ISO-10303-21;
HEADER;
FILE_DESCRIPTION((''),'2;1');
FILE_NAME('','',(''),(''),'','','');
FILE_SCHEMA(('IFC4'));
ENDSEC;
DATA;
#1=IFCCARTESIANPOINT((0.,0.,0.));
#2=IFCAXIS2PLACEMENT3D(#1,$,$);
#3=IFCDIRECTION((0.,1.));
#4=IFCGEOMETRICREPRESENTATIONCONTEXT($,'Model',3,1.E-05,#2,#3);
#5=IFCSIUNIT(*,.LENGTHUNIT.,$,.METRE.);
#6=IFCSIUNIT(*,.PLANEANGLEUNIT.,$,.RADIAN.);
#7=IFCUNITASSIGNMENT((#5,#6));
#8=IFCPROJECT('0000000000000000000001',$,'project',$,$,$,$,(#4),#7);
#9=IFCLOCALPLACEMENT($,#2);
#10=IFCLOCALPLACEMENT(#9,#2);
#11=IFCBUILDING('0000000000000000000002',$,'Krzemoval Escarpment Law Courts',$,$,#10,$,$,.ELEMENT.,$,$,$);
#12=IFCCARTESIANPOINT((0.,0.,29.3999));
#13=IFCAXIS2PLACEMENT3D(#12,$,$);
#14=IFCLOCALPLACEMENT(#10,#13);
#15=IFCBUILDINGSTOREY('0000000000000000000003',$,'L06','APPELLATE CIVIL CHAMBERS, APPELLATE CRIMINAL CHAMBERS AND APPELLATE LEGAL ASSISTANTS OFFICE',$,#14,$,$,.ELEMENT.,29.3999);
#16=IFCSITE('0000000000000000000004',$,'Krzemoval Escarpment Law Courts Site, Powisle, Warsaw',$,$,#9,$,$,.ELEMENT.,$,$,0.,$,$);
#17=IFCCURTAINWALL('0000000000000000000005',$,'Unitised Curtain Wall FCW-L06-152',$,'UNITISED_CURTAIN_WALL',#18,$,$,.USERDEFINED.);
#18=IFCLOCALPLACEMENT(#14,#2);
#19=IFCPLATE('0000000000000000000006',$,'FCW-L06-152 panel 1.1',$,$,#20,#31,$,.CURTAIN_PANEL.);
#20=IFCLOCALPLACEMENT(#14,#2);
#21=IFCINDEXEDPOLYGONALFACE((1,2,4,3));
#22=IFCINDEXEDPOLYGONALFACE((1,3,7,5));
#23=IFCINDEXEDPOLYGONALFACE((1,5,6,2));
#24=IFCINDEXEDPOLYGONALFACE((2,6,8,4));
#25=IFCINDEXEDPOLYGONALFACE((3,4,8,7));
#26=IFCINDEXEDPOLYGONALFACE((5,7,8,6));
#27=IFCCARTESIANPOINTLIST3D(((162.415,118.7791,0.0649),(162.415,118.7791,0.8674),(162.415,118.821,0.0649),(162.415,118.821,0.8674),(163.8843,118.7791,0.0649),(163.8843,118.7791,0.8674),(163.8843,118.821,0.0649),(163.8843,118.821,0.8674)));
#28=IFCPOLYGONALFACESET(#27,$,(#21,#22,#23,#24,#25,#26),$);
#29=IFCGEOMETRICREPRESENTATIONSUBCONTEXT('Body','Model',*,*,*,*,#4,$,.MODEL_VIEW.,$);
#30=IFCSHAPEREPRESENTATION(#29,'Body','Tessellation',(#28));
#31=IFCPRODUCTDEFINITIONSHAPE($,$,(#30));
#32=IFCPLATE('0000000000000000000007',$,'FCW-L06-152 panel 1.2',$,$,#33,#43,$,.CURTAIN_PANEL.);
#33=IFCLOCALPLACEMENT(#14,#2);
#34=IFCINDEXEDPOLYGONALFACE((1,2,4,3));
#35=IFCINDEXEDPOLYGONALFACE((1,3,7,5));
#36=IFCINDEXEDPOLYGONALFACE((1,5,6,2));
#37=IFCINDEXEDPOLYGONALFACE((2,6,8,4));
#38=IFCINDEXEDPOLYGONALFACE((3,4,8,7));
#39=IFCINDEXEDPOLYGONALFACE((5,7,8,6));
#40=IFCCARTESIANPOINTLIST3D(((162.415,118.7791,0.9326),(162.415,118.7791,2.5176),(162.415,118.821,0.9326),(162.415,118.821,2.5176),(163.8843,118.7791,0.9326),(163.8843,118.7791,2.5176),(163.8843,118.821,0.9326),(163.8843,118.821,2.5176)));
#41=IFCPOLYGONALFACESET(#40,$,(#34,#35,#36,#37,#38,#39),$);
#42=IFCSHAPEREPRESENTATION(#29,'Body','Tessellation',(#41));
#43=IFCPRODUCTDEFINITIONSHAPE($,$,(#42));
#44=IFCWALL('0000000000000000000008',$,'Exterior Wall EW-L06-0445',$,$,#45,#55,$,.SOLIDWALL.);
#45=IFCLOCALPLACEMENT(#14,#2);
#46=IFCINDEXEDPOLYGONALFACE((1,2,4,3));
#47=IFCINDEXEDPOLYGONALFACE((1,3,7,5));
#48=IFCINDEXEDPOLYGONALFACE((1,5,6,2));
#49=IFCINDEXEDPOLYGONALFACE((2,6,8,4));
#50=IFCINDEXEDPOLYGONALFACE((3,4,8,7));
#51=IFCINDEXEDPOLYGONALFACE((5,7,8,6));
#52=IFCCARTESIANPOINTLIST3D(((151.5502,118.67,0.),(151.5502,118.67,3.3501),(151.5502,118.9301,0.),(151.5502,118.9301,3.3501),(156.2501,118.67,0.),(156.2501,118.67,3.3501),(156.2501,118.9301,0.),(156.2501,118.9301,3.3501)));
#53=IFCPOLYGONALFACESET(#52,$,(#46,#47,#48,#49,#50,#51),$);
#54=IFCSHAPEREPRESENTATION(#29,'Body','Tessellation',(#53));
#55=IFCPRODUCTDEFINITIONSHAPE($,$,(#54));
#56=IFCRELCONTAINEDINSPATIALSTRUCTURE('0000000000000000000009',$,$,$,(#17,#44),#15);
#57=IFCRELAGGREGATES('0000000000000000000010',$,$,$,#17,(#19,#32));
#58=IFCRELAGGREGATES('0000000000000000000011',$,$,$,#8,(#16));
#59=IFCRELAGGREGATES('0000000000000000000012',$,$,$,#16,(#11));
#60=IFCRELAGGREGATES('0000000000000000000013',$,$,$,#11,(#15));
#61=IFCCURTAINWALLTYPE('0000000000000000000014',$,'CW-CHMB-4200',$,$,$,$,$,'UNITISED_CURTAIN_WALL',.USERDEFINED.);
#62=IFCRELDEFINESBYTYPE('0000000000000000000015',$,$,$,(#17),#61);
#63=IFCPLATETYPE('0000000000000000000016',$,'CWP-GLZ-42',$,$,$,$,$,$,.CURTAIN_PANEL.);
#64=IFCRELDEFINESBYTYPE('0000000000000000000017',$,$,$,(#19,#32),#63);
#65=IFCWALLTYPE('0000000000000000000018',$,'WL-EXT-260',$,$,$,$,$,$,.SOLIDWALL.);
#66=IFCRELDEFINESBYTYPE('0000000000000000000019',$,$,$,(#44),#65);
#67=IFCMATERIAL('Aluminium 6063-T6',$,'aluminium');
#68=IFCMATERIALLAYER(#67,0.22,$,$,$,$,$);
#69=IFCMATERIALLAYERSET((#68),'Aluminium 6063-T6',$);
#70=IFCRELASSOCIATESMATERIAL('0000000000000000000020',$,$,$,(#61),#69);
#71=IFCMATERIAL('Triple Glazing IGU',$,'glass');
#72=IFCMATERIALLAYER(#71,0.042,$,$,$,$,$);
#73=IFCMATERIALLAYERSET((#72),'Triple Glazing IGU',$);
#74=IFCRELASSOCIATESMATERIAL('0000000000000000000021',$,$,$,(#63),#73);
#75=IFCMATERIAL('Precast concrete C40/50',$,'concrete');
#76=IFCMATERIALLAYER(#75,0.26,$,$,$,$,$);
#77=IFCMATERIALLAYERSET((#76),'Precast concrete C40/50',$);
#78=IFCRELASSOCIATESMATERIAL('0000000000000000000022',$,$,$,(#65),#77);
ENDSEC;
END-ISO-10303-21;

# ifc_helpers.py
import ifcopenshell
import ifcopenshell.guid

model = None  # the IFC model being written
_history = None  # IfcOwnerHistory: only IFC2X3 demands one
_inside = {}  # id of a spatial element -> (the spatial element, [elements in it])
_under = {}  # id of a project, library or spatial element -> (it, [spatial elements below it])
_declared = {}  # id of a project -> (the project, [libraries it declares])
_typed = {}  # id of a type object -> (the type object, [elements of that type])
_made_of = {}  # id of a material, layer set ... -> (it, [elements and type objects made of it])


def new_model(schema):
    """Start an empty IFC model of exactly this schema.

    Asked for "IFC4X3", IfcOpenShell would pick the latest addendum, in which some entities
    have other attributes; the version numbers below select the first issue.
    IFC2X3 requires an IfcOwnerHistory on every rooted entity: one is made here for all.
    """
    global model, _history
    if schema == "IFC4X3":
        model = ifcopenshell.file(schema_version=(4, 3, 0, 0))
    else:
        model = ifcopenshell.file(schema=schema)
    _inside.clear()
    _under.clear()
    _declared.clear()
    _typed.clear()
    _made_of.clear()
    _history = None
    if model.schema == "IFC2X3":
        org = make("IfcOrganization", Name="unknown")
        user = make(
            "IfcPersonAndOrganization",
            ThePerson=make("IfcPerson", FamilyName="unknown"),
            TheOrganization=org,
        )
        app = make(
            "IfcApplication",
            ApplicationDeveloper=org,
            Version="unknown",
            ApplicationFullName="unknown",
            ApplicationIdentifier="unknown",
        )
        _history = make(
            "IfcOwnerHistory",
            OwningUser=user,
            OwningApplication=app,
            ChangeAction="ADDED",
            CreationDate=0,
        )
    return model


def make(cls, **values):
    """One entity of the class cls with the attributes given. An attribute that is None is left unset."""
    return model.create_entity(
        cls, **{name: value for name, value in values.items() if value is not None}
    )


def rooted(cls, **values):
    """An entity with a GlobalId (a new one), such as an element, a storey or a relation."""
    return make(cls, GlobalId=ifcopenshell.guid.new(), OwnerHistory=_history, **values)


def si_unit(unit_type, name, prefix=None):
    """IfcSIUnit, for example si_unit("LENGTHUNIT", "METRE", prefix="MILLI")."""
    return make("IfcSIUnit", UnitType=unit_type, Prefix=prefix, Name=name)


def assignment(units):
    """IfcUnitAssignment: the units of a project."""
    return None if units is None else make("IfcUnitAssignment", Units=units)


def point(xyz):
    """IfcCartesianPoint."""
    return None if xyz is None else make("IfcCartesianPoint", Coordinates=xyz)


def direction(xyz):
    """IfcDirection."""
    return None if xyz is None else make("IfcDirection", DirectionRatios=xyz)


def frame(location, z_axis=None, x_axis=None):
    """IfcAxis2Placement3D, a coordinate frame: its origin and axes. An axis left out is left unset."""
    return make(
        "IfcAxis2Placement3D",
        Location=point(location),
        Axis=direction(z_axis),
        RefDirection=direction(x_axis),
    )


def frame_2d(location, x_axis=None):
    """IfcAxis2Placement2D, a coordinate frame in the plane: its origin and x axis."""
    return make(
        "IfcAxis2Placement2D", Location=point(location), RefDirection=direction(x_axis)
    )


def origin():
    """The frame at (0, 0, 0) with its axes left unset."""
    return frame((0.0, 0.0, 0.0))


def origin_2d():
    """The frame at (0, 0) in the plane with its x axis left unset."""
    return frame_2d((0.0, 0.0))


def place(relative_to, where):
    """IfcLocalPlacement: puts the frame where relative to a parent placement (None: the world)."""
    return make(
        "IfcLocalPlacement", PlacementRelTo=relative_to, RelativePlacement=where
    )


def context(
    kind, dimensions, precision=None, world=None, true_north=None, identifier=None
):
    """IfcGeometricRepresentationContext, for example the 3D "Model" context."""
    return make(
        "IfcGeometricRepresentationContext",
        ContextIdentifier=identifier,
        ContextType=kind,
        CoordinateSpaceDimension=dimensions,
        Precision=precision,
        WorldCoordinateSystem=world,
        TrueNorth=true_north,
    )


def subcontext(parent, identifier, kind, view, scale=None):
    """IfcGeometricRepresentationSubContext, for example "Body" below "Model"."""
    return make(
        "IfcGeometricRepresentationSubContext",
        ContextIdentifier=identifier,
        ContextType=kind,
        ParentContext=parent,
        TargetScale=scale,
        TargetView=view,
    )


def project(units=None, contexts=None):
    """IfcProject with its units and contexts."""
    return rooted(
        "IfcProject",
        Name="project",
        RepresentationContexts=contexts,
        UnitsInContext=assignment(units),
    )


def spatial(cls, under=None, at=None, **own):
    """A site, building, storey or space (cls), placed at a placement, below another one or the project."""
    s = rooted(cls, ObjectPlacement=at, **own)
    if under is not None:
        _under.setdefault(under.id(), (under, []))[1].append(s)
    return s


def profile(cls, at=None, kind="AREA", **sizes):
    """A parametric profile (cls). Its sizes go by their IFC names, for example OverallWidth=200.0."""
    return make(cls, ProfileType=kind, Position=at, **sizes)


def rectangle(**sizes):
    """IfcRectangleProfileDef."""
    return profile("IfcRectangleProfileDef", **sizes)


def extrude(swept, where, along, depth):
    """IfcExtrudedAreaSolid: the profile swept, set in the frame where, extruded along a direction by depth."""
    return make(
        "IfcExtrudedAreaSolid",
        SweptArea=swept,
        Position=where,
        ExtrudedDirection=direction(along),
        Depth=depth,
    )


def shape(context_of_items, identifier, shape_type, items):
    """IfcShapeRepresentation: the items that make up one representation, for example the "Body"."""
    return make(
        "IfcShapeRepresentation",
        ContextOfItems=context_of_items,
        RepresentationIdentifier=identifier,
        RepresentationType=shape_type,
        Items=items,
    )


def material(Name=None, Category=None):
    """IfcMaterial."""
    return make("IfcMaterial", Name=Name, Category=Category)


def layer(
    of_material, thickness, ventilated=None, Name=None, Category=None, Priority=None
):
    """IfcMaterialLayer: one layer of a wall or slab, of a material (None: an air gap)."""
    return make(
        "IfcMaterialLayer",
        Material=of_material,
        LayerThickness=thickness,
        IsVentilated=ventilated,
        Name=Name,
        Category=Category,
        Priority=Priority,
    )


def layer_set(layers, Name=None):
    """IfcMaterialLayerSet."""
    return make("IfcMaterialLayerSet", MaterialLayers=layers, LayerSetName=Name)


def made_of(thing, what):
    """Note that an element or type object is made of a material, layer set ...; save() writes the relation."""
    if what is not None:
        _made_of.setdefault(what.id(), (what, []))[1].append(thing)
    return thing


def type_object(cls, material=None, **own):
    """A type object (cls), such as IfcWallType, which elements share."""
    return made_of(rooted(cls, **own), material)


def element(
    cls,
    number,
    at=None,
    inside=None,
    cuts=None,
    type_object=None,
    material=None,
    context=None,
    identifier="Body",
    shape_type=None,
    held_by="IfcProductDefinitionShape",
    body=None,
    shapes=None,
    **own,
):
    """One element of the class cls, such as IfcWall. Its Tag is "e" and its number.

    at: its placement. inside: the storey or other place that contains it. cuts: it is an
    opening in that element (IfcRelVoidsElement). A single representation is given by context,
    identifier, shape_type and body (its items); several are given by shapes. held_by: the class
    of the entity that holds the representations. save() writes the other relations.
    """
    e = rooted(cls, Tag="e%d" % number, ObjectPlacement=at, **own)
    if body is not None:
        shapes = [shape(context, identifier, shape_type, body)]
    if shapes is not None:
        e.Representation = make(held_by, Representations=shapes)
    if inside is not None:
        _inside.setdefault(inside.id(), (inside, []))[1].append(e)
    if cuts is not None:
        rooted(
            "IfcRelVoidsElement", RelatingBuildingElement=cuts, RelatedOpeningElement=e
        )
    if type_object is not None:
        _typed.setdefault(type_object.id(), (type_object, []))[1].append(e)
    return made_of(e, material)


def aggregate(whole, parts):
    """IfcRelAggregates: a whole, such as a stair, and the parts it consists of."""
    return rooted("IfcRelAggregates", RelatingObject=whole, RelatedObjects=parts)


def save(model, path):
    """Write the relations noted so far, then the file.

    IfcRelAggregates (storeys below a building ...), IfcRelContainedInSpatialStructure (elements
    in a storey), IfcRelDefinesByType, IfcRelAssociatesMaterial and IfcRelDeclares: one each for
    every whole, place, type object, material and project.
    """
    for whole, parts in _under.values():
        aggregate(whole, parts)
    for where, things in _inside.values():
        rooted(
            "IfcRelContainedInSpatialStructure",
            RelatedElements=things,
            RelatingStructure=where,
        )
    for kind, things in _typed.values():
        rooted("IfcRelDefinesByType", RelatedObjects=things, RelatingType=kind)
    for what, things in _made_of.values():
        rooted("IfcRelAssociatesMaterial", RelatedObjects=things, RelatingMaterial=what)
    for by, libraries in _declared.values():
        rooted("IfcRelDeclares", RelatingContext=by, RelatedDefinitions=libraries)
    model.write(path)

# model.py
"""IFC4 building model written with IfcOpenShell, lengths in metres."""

from ifc_helpers import new_model, si_unit, direction, frame, frame_2d, origin, origin_2d, place, context, subcontext, project, spatial, rectangle, extrude, material, layer, layer_set, type_object, element, aggregate, save


model = new_model("IFC4")

# Units and contexts
model_context = context("Model", 3, precision=1e-05, world=origin(), true_north=direction((0.0, 1.0)))
body_context = subcontext(model_context, "Body", "Model", "MODEL_VIEW")
ifc_project = project(units=[si_unit("LENGTHUNIT", "METRE"), si_unit("PLANEANGLEUNIT", "RADIAN")], contexts=[model_context])

# Site, building, storey
site_placement = place(None, origin())
site = spatial("IfcSite", under=ifc_project, at=site_placement, Name="Krzemoval Escarpment Law Courts Site, Powisle, Warsaw", CompositionType="ELEMENT", RefElevation=0.0)
building_placement = place(site_placement, origin())
building = spatial("IfcBuilding", under=site, at=building_placement, Name="Krzemoval Escarpment Law Courts", CompositionType="ELEMENT")
storey_placement = place(building_placement, frame((0.0, 0.0, 29.3999)))
storey = spatial("IfcBuildingStorey", under=building, at=storey_placement, Name="L06", Description="APPELLATE CIVIL CHAMBERS, APPELLATE CRIMINAL CHAMBERS AND APPELLATE LEGAL ASSISTANTS OFFICE", CompositionType="ELEMENT", Elevation=29.3999)

# Shared definitions
ifc_material_1 = material(Name="Aluminium 6063-T6", Category="aluminium")
ifc_layer_1 = layer(ifc_material_1, 0.22)
ifc_layer_set_1 = layer_set([ifc_layer_1], Name="Aluminium 6063-T6")
curtain_wall_type = type_object("IfcCurtainWallType", Name="CW-CHMB-4200", ElementType="UNITISED_CURTAIN_WALL", PredefinedType="USERDEFINED", material=ifc_layer_set_1)

# Curtain wall
curtain_wall_1_placement = place(storey_placement, origin())
curtain_wall_1 = element("IfcCurtainWall", 1, at=curtain_wall_1_placement, inside=storey, type_object=curtain_wall_type, Name="Unitised Curtain Wall FCW-L06-152", ObjectType="UNITISED_CURTAIN_WALL", PredefinedType="USERDEFINED")

# Plates
ifc_material_2 = material(Name="Triple Glazing IGU", Category="glass")
ifc_layer_2 = layer(ifc_material_2, 0.042)
ifc_layer_set_2 = layer_set([ifc_layer_2], Name="Triple Glazing IGU")
plate_type = type_object("IfcPlateType", Name="CWP-GLZ-42", PredefinedType="CURTAIN_PANEL", material=ifc_layer_set_2)
plate_1_placement = place(storey_placement, frame((163.1497, 118.8, 0.0649), z_axis=(0.0, 0.0, 1.0), x_axis=(1.0, 0.0, 0.0)))
plate_1 = element("IfcPlate", 2, at=plate_1_placement, type_object=plate_type, Name="FCW-L06-152 panel 1.1", PredefinedType="CURTAIN_PANEL", context=body_context, shape_type="SweptSolid", body=[
    extrude(rectangle(XDim=1.4692, YDim=0.042, at=origin_2d()), origin(), (0.0, 0.0, 1.0), 0.8025),
])
plate_2_placement = place(storey_placement, frame((163.1497, 118.8, 0.9326), z_axis=(0.0, 0.0, 1.0), x_axis=(1.0, 0.0, 0.0)))
plate_2 = element("IfcPlate", 3, at=plate_2_placement, type_object=plate_type, Name="FCW-L06-152 panel 1.2", PredefinedType="CURTAIN_PANEL", context=body_context, shape_type="SweptSolid", body=[
    extrude(rectangle(XDim=1.4692, YDim=0.042, at=origin_2d()), origin(), (0.0, 0.0, 1.0), 1.585),
])
aggregate(curtain_wall_1, [plate_1, plate_2])

# Wall
ifc_material_3 = material(Name="Precast concrete C40/50", Category="concrete")
ifc_layer_3 = layer(ifc_material_3, 0.26)
ifc_layer_set_3 = layer_set([ifc_layer_3], Name="Precast concrete C40/50")
wall_type = type_object("IfcWallType", Name="WL-EXT-260", PredefinedType="SOLIDWALL", material=ifc_layer_set_3)
wall_placement = place(storey_placement, frame((151.55, 118.8, 0.0), z_axis=(0.0, 0.0, 1.0), x_axis=(1.0, 0.0, 0.0)))
element("IfcWall", 4, at=wall_placement, inside=storey, type_object=wall_type, Name="Exterior Wall EW-L06-0445", PredefinedType="SOLIDWALL", context=body_context, shape_type="SweptSolid", body=[
    extrude(rectangle(XDim=4.7, YDim=0.26, at=frame_2d((2.3501, 0.0))), origin(), (0.0, 0.0, 1.0), 3.3501),
])

save(model, "model.ifc")
